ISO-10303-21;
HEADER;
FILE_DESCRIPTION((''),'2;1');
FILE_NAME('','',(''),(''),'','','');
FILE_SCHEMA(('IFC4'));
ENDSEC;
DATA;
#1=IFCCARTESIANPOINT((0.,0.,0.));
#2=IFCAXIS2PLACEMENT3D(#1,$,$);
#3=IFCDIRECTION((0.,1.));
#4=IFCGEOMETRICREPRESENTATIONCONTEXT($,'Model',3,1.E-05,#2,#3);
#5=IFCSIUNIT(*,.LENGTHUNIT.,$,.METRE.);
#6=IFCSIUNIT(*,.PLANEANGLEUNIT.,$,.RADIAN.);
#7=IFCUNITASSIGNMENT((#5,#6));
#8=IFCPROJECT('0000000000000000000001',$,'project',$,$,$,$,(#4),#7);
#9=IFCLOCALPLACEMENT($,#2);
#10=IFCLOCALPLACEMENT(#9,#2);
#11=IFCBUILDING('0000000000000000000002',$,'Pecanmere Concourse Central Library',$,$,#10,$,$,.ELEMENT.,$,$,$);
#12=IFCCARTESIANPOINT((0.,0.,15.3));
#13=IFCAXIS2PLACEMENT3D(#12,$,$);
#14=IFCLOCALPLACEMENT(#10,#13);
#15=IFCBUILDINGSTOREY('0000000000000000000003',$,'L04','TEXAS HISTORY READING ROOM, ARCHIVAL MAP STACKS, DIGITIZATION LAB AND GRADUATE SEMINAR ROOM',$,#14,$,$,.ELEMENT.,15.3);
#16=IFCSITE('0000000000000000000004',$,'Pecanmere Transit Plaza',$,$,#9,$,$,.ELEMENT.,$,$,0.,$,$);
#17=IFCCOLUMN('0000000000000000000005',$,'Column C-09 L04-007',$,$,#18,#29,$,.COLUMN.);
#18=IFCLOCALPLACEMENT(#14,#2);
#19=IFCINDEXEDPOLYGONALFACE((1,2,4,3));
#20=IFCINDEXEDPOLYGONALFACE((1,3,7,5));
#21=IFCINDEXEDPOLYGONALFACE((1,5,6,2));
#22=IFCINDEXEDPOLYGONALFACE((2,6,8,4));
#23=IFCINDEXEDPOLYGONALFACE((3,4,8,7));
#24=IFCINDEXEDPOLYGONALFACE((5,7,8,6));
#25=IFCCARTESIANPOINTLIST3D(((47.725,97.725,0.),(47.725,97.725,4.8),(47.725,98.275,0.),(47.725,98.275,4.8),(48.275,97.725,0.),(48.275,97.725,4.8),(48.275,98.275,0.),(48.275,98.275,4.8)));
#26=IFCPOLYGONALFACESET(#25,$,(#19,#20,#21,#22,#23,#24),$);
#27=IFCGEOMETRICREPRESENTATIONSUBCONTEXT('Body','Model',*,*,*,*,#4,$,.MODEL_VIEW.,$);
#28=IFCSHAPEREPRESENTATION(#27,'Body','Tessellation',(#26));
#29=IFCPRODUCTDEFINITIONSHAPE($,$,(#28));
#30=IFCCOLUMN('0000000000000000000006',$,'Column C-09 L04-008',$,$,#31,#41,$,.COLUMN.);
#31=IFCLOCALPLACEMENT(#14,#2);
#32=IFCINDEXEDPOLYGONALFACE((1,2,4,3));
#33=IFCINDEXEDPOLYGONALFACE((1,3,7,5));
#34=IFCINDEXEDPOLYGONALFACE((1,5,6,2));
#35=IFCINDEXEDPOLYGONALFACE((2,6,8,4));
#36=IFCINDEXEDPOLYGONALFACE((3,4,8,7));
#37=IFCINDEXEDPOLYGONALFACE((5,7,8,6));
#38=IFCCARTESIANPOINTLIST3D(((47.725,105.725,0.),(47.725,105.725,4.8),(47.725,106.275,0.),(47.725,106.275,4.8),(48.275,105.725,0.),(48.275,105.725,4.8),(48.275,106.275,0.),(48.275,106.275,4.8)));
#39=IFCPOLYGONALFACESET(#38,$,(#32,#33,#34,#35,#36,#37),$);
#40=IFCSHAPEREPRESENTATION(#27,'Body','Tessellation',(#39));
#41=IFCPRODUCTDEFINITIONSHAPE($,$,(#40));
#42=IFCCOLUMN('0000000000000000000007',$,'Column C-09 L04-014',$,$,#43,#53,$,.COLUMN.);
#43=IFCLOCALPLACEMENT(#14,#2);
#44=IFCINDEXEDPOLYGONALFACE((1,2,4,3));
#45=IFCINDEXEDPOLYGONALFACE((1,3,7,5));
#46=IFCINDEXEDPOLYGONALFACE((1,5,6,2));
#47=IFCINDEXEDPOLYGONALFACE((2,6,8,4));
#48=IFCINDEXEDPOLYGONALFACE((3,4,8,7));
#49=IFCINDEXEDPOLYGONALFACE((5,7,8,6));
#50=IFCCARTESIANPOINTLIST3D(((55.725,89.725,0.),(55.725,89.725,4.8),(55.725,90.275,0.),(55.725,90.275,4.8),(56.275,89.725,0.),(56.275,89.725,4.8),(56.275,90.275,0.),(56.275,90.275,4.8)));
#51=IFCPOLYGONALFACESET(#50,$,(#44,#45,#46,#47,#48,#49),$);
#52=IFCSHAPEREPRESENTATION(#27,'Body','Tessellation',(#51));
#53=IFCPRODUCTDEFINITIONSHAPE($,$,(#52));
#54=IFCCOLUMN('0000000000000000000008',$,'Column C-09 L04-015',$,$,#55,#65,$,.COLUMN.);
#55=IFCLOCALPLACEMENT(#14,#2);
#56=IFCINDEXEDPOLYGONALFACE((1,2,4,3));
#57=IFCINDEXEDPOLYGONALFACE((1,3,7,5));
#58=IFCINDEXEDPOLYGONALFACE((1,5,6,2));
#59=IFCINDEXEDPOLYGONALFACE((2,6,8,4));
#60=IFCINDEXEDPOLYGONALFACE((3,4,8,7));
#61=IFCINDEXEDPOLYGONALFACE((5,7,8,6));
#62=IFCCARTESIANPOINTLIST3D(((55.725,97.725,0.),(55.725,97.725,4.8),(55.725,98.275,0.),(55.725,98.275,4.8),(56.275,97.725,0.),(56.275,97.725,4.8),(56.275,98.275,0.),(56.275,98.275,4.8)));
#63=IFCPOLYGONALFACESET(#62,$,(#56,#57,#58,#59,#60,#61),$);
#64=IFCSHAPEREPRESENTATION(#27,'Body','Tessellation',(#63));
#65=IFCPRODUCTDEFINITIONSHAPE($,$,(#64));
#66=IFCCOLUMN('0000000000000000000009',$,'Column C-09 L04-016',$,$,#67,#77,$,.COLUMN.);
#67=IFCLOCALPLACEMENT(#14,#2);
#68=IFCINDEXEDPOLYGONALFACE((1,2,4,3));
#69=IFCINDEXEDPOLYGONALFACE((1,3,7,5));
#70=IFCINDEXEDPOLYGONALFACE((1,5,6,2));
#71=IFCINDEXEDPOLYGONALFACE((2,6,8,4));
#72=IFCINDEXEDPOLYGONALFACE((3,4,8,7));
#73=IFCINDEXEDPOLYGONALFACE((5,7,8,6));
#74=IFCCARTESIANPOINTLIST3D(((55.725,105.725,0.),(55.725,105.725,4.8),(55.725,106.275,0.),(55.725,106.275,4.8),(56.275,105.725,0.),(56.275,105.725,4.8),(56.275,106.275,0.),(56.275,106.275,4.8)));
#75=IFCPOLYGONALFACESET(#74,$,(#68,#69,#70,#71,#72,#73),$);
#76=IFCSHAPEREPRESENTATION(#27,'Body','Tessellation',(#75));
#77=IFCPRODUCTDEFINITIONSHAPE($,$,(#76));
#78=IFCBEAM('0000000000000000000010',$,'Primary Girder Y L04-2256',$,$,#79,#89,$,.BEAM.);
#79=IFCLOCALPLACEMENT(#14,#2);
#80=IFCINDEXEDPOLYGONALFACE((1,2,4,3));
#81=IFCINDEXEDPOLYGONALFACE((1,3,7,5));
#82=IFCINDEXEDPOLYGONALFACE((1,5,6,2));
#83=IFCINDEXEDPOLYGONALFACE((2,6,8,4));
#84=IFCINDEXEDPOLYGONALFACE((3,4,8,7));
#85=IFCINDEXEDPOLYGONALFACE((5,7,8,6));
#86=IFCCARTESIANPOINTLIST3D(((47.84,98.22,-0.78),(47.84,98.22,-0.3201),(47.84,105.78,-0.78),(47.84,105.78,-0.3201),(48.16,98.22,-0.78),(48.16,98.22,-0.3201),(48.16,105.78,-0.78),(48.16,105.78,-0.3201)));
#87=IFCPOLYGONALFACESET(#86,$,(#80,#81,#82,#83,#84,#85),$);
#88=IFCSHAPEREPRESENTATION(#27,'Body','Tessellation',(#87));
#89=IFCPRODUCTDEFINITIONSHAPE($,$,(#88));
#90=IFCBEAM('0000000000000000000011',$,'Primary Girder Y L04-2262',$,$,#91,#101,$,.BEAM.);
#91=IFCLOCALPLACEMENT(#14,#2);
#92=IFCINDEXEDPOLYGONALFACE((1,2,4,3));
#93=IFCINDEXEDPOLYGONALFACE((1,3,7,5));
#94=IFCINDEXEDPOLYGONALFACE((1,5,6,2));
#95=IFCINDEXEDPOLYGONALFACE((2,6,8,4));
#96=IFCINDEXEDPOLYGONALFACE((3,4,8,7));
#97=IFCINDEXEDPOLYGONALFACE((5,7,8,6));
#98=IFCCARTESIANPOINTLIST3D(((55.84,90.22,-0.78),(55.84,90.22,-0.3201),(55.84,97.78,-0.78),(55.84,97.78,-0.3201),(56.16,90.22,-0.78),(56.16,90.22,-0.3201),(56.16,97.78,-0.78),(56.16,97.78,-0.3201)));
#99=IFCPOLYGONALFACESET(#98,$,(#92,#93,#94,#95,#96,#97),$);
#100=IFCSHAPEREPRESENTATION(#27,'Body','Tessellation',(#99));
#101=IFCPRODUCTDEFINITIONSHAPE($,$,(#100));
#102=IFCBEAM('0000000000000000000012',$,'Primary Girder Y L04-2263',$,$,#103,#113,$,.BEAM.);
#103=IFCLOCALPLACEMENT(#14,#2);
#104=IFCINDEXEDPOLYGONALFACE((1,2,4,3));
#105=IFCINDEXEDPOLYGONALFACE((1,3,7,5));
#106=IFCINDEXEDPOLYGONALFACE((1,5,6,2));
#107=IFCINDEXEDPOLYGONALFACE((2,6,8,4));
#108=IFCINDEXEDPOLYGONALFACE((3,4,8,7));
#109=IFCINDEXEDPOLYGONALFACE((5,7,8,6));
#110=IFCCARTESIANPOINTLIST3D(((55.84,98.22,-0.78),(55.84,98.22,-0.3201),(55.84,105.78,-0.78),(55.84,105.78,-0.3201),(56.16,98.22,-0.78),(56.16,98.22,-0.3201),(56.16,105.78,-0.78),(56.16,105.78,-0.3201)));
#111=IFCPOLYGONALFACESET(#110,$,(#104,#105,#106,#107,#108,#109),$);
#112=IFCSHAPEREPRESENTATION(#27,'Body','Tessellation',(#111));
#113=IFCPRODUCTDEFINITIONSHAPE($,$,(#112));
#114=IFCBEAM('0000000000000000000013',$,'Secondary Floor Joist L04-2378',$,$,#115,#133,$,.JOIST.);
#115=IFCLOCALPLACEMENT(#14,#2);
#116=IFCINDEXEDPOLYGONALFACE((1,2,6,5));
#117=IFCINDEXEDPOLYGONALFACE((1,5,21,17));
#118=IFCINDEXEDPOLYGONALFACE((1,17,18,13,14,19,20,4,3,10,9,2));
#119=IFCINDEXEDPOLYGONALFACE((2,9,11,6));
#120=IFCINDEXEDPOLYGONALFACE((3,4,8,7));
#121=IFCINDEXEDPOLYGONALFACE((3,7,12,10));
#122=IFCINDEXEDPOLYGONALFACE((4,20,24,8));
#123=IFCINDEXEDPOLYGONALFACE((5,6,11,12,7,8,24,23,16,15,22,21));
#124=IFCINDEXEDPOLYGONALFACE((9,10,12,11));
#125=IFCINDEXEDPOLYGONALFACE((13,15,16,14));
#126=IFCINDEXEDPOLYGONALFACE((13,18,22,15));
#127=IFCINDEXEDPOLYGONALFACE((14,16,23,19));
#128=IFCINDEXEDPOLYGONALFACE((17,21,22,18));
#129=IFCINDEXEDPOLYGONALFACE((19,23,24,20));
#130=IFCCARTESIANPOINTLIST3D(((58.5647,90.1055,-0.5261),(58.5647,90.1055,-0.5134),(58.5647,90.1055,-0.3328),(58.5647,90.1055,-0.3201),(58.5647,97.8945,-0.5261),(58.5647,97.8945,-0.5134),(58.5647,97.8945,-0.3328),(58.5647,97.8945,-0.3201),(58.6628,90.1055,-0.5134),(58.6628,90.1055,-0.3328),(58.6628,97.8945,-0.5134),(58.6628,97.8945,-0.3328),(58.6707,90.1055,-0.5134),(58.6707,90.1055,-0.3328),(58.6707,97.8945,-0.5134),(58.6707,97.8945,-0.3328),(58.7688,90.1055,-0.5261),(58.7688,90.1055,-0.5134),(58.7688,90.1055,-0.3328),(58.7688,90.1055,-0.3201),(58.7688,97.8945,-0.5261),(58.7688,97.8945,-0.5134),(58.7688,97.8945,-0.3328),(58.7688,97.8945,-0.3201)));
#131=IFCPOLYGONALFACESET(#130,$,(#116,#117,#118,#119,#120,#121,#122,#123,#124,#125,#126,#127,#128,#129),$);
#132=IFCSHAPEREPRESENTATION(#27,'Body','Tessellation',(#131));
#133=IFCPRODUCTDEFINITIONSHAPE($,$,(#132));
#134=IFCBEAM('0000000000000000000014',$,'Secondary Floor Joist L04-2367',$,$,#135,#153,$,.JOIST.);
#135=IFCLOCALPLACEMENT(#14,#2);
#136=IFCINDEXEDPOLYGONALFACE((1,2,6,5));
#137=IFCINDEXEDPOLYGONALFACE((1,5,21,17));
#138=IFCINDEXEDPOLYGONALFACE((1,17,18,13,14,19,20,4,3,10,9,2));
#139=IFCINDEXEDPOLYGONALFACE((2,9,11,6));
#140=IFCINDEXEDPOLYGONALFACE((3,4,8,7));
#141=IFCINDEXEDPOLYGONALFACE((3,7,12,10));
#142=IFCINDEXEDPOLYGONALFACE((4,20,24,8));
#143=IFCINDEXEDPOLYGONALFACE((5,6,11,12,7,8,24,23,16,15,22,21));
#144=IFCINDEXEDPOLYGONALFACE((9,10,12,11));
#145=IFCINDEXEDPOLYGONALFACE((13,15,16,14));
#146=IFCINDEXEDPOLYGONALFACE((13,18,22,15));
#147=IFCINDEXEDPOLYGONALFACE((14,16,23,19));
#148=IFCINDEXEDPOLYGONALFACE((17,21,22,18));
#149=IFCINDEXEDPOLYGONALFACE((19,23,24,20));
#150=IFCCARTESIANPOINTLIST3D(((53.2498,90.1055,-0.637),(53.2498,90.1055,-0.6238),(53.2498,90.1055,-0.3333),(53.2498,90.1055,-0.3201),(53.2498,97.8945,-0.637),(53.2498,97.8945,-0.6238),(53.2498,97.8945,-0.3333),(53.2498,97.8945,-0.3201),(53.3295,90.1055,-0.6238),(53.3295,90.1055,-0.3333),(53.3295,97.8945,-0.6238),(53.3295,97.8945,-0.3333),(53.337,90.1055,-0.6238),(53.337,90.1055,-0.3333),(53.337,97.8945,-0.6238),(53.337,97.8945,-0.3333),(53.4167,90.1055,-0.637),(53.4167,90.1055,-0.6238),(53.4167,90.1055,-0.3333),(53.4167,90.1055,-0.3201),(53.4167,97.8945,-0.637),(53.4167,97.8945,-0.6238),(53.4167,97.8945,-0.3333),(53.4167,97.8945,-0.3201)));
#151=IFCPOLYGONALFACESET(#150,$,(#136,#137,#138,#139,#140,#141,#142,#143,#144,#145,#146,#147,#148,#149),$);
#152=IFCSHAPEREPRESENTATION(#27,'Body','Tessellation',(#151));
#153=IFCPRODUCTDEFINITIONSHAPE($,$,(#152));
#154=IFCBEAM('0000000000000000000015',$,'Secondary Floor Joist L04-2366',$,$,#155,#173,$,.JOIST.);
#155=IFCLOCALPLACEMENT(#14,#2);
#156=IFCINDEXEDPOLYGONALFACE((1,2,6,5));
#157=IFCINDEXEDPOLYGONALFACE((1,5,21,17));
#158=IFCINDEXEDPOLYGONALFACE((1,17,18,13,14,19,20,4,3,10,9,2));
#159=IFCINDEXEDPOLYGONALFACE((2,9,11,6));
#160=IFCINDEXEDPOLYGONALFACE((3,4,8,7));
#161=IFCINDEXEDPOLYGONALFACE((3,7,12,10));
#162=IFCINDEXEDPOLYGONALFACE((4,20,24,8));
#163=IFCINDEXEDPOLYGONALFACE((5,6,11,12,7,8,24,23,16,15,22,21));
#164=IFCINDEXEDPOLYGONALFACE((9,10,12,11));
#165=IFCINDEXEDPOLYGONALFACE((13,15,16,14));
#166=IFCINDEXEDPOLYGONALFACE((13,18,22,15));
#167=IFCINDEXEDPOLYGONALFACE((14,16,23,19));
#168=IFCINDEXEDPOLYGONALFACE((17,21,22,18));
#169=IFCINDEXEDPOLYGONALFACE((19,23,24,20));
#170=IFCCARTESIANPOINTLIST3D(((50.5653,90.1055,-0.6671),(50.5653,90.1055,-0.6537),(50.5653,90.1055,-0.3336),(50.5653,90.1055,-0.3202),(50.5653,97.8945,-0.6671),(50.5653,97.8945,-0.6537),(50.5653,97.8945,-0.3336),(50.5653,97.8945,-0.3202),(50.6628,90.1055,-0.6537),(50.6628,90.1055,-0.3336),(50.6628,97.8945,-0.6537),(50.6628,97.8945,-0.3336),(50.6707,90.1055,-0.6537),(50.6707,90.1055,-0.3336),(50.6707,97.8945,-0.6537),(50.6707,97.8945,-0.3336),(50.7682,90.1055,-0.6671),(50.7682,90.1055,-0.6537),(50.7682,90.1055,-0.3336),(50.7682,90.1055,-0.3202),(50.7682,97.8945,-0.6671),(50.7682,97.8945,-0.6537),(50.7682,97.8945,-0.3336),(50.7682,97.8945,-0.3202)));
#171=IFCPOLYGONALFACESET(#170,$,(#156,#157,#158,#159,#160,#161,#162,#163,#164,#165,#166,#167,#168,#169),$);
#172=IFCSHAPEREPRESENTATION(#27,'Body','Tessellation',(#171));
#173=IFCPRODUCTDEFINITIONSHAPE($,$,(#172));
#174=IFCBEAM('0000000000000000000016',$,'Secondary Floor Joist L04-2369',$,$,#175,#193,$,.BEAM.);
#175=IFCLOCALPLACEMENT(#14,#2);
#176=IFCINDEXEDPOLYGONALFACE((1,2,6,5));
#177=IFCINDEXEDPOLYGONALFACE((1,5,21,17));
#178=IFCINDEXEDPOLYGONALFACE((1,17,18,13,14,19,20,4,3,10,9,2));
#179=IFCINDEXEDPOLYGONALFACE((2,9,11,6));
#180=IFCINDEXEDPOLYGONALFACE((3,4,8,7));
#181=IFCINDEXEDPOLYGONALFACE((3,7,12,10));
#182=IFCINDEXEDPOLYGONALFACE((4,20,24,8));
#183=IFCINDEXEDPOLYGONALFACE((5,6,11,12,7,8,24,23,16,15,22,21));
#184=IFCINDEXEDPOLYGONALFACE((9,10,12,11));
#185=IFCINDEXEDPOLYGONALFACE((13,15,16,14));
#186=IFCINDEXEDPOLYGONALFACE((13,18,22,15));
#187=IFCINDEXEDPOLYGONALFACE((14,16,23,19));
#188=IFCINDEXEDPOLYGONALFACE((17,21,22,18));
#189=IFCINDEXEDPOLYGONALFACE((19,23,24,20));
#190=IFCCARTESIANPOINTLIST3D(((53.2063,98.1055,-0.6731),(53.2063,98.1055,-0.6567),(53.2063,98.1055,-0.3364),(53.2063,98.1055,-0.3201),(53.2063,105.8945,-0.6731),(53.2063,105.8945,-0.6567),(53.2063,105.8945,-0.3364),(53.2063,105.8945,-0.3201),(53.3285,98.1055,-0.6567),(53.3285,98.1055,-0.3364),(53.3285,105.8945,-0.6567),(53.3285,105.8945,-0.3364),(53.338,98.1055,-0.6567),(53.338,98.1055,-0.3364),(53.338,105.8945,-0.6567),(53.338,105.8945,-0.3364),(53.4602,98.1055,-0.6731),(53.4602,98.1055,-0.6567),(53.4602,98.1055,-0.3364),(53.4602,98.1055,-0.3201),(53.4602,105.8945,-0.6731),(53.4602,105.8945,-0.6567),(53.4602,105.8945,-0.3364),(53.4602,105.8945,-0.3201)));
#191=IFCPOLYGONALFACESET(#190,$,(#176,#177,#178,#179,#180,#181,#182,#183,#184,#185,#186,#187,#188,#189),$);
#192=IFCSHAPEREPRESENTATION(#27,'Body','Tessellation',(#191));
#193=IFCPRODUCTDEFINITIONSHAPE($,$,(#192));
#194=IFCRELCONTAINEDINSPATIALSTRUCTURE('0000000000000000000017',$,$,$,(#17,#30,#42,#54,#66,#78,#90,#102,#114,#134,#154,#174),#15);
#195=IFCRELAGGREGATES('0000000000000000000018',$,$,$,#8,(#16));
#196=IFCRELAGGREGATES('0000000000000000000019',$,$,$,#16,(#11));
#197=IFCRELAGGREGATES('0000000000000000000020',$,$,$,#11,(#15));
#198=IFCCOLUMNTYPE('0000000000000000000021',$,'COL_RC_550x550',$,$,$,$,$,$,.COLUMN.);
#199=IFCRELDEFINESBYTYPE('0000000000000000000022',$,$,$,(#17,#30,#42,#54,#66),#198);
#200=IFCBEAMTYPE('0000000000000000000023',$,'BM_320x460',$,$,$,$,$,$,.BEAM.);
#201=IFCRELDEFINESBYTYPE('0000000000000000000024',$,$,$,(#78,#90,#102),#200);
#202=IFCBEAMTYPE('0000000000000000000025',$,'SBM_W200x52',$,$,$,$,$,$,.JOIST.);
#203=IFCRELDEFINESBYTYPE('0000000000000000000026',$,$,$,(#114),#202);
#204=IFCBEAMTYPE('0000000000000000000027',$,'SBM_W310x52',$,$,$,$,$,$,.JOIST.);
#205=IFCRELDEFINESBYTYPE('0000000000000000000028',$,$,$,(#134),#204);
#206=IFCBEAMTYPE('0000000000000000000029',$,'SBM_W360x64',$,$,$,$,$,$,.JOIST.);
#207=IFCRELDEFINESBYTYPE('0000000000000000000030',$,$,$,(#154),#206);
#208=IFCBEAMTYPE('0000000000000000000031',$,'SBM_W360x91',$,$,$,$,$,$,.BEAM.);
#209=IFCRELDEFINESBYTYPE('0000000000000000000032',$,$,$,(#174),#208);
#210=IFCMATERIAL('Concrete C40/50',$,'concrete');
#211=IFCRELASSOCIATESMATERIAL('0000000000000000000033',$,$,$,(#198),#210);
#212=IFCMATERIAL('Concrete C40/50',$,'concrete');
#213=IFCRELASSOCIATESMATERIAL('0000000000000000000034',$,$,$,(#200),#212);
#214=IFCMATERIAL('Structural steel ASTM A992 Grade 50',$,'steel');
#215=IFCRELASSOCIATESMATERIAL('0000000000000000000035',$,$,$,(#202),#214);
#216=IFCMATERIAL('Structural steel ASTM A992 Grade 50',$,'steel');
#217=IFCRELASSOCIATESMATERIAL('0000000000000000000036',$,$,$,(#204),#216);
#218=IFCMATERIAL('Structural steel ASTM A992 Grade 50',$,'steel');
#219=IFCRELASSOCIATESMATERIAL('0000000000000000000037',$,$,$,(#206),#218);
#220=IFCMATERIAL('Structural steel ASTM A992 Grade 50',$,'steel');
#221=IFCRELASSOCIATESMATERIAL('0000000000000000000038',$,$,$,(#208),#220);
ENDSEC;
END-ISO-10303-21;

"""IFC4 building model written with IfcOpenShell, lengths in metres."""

from ifc_helpers import new_model, si_unit, direction, frame, origin, origin_2d, place, context, subcontext, project, spatial, rectangle, i_section, extrude, material, material_profile, profile_set, type_object, element, save


model = new_model("IFC4")

# Units and contexts
model_context = context("Model", 3, precision=1e-05, world=origin(), true_north=direction((0.0, 1.0)))
body_context = subcontext(model_context, "Body", "Model", "MODEL_VIEW")
ifc_project = project(units=[si_unit("LENGTHUNIT", "METRE"), si_unit("PLANEANGLEUNIT", "RADIAN")], contexts=[model_context])

# Site, building, storey
site_placement = place(None, origin())
site = spatial("IfcSite", under=ifc_project, at=site_placement, Name="Pecanmere Transit Plaza", CompositionType="ELEMENT", RefElevation=0.0)
building_placement = place(site_placement, origin())
building = spatial("IfcBuilding", under=site, at=building_placement, Name="Pecanmere Concourse Central Library", CompositionType="ELEMENT")
storey_placement = place(building_placement, frame((0.0, 0.0, 15.3)))
storey = spatial("IfcBuildingStorey", under=building, at=storey_placement, Name="L04", Description="TEXAS HISTORY READING ROOM, ARCHIVAL MAP STACKS, DIGITIZATION LAB AND GRADUATE SEMINAR ROOM", CompositionType="ELEMENT", Elevation=15.3)

# Columns
ifc_material_1 = material(Name="Concrete C40/50", Category="concrete")
ifc_material_profile_1 = material_profile(ifc_material_1, rectangle(XDim=0.55, YDim=0.55, at=origin_2d()), Name="RC 550x550")
ifc_profile_set_1 = profile_set([ifc_material_profile_1], Name="Concrete C40/50")
column_type = type_object("IfcColumnType", Name="COL_RC_550x550", PredefinedType="COLUMN", material=ifc_profile_set_1)
for number, where, z_axis, x_axis, name in (
    (1, (48.0, 98.0, 0.0), (0.0, 0.0, 1.0), (1.0, 0.0, 0.0), "Column C-09 L04-007"),
    (2, (48.0, 106.0, 0.0), (0.0, 0.0, 1.0), (1.0, 0.0, 0.0), "Column C-09 L04-008"),
    (3, (56.0, 90.0, 0.0), (0.0, 0.0, 1.0), (1.0, 0.0, 0.0), "Column C-09 L04-014"),
    (4, (56.0, 98.0, 0.0), (0.0, 0.0, 1.0), (1.0, 0.0, 0.0), "Column C-09 L04-015"),
    (5, (56.0, 106.0, 0.0), (0.0, 0.0, 1.0), (1.0, 0.0, 0.0), "Column C-09 L04-016"),
):
    element("IfcColumn", number, at=place(storey_placement, frame(where, z_axis=z_axis, x_axis=x_axis)), inside=storey, type_object=column_type, Name=name, PredefinedType="COLUMN", context=body_context, shape_type="SweptSolid", body=[
        extrude(rectangle(XDim=0.55, YDim=0.55, at=origin_2d()), origin(), (0.0, 0.0, 1.0), 4.8),
    ])

# Beams
ifc_material_2 = material(Name="Concrete C40/50", Category="concrete")
ifc_material_profile_2 = material_profile(ifc_material_2, rectangle(XDim=0.3201, YDim=0.46, at=origin_2d()), Name="RC 320x460")
ifc_profile_set_2 = profile_set([ifc_material_profile_2], Name="Concrete C40/50")
beam_type_1 = type_object("IfcBeamType", Name="BM_320x460", PredefinedType="BEAM", material=ifc_profile_set_2)
for number, where, z_axis, x_axis, name in (
    (6, (48.0, 98.22, -0.55), (0.0, 1.0, 0.0), (-1.0, 0.0, 0.0), "Primary Girder Y L04-2256"),
    (7, (56.0, 90.22, -0.55), (0.0, 1.0, 0.0), (-1.0, 0.0, 0.0), "Primary Girder Y L04-2262"),
    (8, (56.0, 98.22, -0.55), (0.0, 1.0, 0.0), (-1.0, 0.0, 0.0), "Primary Girder Y L04-2263"),
):
    element("IfcBeam", number, at=place(storey_placement, frame(where, z_axis=z_axis, x_axis=x_axis)), inside=storey, type_object=beam_type_1, Name=name, PredefinedType="BEAM", context=body_context, shape_type="SweptSolid", body=[
        extrude(rectangle(XDim=0.3201, YDim=0.46, at=origin_2d()), origin(), (0.0, 0.0, 1.0), 7.5601),
    ])
ifc_material_3 = material(Name="Structural steel ASTM A992 Grade 50", Category="steel")
ifc_material_profile_3 = material_profile(ifc_material_3, i_section(OverallWidth=0.2041, OverallDepth=0.2061, WebThickness=0.0078, FlangeThickness=0.0127, at=origin_2d()), Name="W200x52")
ifc_profile_set_3 = profile_set([ifc_material_profile_3], Name="Structural steel ASTM A992 Grade 50")
beam_type_2 = type_object("IfcBeamType", Name="SBM_W200x52", PredefinedType="JOIST", material=ifc_profile_set_3)
beam_1_placement = place(storey_placement, frame((58.6667, 90.1055, -0.4231), z_axis=(0.0, 1.0, 0.0), x_axis=(-1.0, 0.0, 0.0)))
element("IfcBeam", 9, at=beam_1_placement, inside=storey, type_object=beam_type_2, Name="Secondary Floor Joist L04-2378", PredefinedType="JOIST", context=body_context, shape_type="SweptSolid", body=[
    extrude(i_section(OverallWidth=0.2041, OverallDepth=0.2061, WebThickness=0.0078, FlangeThickness=0.0127, at=origin_2d()), origin(), (0.0, 0.0, 1.0), 7.7891),
])
ifc_material_4 = material(Name="Structural steel ASTM A992 Grade 50", Category="steel")
ifc_material_profile_4 = material_profile(ifc_material_4, i_section(OverallWidth=0.167, OverallDepth=0.3169, WebThickness=0.0076, FlangeThickness=0.0132, at=origin_2d()), Name="W310x52")
ifc_profile_set_4 = profile_set([ifc_material_profile_4], Name="Structural steel ASTM A992 Grade 50")
beam_type_3 = type_object("IfcBeamType", Name="SBM_W310x52", PredefinedType="JOIST", material=ifc_profile_set_4)
beam_2_placement = place(storey_placement, frame((53.3333, 90.1055, -0.4785), z_axis=(0.0, 1.0, 0.0), x_axis=(-1.0, 0.0, 0.0)))
element("IfcBeam", 10, at=beam_2_placement, inside=storey, type_object=beam_type_3, Name="Secondary Floor Joist L04-2367", PredefinedType="JOIST", context=body_context, shape_type="SweptSolid", body=[
    extrude(i_section(OverallWidth=0.167, OverallDepth=0.3169, WebThickness=0.0076, FlangeThickness=0.0132, at=origin_2d()), origin(), (0.0, 0.0, 1.0), 7.7891),
])
ifc_material_5 = material(Name="Structural steel ASTM A992 Grade 50", Category="steel")
ifc_material_profile_5 = material_profile(ifc_material_5, i_section(OverallWidth=0.2029, OverallDepth=0.3469, WebThickness=0.0078, FlangeThickness=0.0134, at=origin_2d()), Name="W360x64")
ifc_profile_set_5 = profile_set([ifc_material_profile_5], Name="Structural steel ASTM A992 Grade 50")
beam_type_4 = type_object("IfcBeamType", Name="SBM_W360x64", PredefinedType="JOIST", material=ifc_profile_set_5)
beam_3_placement = place(storey_placement, frame((50.6667, 90.1055, -0.4937), z_axis=(0.0, 1.0, 0.0), x_axis=(-1.0, 0.0, 0.0)))
element("IfcBeam", 11, at=beam_3_placement, inside=storey, type_object=beam_type_4, Name="Secondary Floor Joist L04-2366", PredefinedType="JOIST", context=body_context, shape_type="SweptSolid", body=[
    extrude(i_section(OverallWidth=0.2029, OverallDepth=0.3469, WebThickness=0.0078, FlangeThickness=0.0134, at=origin_2d()), origin(), (0.0, 0.0, 1.0), 7.7891),
])
ifc_material_6 = material(Name="Structural steel ASTM A992 Grade 50", Category="steel")
ifc_material_profile_6 = material_profile(ifc_material_6, i_section(OverallWidth=0.2539, OverallDepth=0.353, WebThickness=0.0095, FlangeThickness=0.0164, at=origin_2d()), Name="W360x91")
ifc_profile_set_6 = profile_set([ifc_material_profile_6], Name="Structural steel ASTM A992 Grade 50")
beam_type_5 = type_object("IfcBeamType", Name="SBM_W360x91", PredefinedType="BEAM", material=ifc_profile_set_6)
beam_4_placement = place(storey_placement, frame((53.3333, 98.1055, -0.4966), z_axis=(0.0, 1.0, 0.0), x_axis=(-1.0, 0.0, 0.0)))
element("IfcBeam", 12, at=beam_4_placement, inside=storey, type_object=beam_type_5, Name="Secondary Floor Joist L04-2369", PredefinedType="BEAM", context=body_context, shape_type="SweptSolid", body=[
    extrude(i_section(OverallWidth=0.2539, OverallDepth=0.353, WebThickness=0.0095, FlangeThickness=0.0164, at=origin_2d()), origin(), (0.0, 0.0, 1.0), 7.7891),
])

save(model, "model.ifc")
